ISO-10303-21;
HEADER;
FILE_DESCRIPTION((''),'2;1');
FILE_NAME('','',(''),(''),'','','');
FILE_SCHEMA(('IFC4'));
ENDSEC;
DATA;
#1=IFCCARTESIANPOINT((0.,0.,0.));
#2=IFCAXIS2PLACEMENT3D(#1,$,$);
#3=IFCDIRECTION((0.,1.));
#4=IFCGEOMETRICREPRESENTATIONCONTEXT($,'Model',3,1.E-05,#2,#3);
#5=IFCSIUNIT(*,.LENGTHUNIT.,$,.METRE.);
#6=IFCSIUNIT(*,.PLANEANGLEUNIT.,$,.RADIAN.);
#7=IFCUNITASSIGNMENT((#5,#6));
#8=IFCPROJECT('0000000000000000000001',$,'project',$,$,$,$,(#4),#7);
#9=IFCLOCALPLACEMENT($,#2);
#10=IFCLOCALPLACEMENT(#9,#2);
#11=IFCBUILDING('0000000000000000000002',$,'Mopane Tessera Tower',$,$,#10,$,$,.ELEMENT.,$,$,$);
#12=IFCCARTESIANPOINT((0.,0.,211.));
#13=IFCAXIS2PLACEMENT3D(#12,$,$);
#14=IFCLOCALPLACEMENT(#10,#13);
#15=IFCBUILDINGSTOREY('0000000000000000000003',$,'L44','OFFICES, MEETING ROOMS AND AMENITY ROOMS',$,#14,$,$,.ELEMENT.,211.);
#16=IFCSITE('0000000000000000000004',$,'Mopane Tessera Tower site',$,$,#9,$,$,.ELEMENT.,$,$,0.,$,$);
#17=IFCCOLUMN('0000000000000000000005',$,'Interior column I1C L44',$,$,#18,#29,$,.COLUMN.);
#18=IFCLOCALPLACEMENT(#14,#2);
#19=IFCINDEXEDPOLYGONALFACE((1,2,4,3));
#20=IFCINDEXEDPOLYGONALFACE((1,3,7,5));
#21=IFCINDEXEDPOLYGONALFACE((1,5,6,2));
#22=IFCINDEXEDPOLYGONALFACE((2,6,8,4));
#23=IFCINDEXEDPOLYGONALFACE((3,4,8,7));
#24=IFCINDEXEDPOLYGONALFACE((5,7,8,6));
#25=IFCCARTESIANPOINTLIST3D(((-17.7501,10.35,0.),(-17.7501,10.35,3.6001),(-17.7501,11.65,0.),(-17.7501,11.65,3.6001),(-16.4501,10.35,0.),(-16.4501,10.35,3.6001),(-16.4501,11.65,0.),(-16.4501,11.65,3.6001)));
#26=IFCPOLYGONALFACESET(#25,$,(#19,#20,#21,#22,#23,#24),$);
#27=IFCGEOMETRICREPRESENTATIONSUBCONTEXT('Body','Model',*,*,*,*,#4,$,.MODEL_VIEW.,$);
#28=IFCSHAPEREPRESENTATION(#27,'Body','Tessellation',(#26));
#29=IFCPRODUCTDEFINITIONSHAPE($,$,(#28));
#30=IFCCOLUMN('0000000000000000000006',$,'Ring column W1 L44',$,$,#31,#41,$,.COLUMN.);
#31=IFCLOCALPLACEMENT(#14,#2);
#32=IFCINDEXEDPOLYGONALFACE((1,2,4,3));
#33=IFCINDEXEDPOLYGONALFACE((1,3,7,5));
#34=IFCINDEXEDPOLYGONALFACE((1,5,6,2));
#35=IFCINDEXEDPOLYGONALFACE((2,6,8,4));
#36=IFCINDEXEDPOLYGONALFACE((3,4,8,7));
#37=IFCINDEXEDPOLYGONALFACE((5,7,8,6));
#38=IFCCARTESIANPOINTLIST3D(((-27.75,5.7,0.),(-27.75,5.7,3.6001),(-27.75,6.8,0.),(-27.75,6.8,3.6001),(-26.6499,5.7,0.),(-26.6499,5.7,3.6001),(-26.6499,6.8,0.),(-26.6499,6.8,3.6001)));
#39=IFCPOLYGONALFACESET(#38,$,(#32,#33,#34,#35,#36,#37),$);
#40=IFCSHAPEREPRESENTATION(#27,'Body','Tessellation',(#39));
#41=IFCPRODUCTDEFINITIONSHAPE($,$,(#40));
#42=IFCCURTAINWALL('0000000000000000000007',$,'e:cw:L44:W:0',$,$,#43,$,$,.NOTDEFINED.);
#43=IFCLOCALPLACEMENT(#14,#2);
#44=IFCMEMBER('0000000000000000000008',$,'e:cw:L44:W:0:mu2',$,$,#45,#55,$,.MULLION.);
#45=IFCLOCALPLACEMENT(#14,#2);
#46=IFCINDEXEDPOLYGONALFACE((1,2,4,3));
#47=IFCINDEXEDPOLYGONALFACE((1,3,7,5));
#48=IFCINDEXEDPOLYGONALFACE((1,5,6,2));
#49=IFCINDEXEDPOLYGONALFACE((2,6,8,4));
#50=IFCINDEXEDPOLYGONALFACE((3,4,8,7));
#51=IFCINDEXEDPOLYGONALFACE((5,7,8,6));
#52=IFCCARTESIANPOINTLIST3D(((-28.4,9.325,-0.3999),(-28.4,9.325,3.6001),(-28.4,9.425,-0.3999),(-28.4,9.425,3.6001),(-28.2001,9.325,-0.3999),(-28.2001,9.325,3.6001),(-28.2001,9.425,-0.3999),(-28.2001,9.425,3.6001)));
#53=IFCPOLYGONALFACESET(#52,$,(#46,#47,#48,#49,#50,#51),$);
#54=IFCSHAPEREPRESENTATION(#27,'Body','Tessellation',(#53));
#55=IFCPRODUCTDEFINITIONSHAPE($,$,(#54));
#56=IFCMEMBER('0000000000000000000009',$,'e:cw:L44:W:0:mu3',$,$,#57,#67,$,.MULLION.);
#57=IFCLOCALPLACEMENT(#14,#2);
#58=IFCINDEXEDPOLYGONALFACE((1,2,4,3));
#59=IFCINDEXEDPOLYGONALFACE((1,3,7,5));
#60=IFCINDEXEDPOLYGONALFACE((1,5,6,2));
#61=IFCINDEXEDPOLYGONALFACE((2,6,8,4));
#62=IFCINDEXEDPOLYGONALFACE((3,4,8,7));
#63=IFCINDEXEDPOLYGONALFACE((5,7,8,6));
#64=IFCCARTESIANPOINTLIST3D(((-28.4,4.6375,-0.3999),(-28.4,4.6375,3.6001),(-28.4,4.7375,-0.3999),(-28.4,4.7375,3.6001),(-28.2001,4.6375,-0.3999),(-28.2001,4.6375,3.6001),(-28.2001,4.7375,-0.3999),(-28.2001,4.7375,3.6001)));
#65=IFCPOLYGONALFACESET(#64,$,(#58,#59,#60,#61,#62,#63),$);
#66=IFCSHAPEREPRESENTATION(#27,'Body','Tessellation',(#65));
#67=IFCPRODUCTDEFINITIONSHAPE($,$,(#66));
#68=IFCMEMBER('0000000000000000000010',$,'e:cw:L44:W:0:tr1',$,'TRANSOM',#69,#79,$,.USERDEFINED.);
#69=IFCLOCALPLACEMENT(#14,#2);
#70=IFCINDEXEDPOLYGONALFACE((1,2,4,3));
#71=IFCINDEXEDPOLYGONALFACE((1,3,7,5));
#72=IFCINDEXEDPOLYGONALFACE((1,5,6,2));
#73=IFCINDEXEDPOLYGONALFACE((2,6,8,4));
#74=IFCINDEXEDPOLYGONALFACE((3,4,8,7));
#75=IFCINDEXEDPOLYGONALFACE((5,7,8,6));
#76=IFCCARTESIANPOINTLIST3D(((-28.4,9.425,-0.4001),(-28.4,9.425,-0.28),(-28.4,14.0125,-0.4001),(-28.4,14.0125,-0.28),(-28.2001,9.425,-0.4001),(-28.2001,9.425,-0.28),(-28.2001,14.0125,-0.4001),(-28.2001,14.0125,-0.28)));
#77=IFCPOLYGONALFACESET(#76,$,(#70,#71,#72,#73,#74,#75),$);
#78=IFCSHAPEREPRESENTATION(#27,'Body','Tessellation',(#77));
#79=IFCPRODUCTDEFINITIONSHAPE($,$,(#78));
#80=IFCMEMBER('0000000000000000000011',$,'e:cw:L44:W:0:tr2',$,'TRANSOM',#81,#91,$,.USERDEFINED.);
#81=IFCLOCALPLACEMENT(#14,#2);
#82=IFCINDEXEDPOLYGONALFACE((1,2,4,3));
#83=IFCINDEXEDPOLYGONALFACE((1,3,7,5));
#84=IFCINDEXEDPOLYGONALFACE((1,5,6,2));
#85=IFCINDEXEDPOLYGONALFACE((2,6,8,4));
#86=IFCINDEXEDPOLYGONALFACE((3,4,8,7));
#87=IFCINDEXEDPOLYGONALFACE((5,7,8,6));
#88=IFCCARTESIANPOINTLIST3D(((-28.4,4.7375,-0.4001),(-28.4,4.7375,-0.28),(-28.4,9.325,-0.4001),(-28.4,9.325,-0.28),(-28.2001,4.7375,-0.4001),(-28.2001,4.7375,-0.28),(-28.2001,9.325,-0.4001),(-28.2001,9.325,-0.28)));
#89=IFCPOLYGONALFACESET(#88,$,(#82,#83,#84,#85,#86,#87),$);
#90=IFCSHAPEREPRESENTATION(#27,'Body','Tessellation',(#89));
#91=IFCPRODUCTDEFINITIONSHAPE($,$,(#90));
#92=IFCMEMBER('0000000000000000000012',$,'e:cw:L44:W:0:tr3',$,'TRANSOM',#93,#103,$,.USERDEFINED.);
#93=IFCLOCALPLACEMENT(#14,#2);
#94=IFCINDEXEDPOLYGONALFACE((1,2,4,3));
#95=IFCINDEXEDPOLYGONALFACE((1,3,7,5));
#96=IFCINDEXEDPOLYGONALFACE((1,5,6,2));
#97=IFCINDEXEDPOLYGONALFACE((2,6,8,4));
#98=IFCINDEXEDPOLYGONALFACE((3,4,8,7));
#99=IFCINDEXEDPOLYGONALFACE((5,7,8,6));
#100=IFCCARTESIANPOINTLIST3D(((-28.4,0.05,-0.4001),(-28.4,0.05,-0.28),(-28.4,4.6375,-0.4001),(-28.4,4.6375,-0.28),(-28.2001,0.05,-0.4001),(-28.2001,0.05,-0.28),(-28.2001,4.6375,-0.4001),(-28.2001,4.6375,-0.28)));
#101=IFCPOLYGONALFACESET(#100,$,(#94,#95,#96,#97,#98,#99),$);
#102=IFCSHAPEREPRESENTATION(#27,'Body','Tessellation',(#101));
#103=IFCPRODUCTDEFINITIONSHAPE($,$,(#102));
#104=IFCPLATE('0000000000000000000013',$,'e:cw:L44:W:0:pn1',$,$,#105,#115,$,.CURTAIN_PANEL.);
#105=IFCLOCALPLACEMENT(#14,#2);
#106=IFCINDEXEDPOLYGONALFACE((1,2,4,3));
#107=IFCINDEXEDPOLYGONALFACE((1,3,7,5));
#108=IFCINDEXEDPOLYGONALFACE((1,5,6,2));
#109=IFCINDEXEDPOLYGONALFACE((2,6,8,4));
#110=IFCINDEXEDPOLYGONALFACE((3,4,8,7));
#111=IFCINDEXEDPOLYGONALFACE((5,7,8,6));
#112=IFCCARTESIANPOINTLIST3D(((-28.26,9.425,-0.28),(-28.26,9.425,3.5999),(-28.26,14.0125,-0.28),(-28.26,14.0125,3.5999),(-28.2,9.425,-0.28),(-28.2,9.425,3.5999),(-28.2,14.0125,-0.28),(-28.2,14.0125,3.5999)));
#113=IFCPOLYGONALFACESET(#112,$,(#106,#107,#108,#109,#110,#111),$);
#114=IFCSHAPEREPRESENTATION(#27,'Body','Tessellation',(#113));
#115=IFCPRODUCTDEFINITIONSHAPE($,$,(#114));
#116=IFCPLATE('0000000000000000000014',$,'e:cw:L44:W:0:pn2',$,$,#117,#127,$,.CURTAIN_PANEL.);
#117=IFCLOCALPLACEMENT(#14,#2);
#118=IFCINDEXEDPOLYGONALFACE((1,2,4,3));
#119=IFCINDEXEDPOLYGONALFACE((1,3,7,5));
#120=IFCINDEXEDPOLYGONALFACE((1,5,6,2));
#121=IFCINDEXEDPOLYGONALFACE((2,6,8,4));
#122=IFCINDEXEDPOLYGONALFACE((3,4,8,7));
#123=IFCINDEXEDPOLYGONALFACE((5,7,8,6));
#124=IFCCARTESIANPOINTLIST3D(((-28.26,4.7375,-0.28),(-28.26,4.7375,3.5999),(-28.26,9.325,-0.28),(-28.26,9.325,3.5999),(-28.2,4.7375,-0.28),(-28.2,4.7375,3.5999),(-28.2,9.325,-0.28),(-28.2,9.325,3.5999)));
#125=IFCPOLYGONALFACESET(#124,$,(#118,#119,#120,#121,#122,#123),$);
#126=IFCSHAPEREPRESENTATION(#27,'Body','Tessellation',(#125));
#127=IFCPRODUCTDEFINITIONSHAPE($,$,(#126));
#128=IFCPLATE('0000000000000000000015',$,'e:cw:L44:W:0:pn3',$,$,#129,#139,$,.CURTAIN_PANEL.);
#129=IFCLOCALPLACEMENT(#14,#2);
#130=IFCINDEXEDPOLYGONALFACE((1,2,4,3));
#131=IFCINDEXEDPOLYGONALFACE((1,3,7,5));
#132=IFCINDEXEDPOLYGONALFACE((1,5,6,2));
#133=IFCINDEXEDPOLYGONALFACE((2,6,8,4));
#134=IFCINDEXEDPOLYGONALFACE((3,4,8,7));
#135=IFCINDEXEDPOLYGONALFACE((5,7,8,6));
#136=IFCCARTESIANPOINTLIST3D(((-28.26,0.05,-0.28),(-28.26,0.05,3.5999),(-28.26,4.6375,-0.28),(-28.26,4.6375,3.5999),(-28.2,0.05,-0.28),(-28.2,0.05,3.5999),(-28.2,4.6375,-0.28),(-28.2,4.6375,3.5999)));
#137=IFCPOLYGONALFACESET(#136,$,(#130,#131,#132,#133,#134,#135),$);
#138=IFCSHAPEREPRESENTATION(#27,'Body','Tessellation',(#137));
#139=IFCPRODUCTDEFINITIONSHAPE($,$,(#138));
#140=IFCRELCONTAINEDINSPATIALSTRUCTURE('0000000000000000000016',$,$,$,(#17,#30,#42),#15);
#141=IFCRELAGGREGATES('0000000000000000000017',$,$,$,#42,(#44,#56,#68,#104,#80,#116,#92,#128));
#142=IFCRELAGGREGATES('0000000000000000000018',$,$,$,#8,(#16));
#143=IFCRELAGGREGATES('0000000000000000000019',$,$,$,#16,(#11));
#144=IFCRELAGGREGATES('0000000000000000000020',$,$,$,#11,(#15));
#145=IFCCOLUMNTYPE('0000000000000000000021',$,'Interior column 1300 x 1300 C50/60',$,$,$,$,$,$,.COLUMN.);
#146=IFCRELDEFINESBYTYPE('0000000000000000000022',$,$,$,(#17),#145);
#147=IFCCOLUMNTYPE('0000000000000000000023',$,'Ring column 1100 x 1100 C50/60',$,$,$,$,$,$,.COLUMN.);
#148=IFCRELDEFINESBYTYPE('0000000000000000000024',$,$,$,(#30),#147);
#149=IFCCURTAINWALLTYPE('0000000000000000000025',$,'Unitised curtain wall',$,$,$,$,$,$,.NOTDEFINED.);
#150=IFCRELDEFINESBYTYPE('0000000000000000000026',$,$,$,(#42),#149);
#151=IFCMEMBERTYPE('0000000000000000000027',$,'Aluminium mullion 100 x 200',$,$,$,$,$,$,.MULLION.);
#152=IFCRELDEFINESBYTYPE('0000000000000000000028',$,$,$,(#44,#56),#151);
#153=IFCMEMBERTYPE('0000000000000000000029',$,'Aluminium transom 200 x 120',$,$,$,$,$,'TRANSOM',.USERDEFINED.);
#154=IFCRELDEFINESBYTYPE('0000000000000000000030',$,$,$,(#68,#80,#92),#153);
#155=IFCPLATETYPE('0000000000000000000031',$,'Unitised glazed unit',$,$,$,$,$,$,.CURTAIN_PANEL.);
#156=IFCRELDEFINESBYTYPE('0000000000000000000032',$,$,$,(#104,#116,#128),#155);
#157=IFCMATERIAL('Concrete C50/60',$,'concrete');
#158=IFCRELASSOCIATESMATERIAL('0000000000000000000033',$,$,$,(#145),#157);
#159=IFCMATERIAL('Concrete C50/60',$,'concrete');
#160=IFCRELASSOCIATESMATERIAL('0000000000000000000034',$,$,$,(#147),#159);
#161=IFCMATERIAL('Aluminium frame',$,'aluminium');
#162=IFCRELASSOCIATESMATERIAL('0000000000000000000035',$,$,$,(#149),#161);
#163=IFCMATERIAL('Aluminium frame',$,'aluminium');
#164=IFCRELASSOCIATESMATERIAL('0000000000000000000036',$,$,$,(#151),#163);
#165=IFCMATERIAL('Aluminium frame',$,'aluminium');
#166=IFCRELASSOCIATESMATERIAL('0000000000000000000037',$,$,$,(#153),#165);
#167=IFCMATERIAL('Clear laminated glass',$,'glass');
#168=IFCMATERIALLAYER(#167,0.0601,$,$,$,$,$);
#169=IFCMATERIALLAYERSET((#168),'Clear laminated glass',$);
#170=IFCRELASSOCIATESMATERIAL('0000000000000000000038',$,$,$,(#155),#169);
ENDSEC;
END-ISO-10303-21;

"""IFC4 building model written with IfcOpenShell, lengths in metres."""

from ifc_helpers import new_model, si_unit, direction, frame, origin, origin_2d, place, context, subcontext, project, spatial, rectangle, extrude, material, layer, layer_set, material_profile, profile_set, type_object, element, aggregate, save


model = new_model("IFC4")

# Units and contexts
model_context = context("Model", 3, precision=1e-05, world=origin(), true_north=direction((0.0, 1.0)))
body_context = subcontext(model_context, "Body", "Model", "MODEL_VIEW")
ifc_project = project(units=[si_unit("LENGTHUNIT", "METRE"), si_unit("PLANEANGLEUNIT", "RADIAN")], contexts=[model_context])

# Site, building, storey
site_placement = place(None, origin())
site = spatial("IfcSite", under=ifc_project, at=site_placement, Name="Mopane Tessera Tower site", CompositionType="ELEMENT", RefElevation=0.0)
building_placement = place(site_placement, origin())
building = spatial("IfcBuilding", under=site, at=building_placement, Name="Mopane Tessera Tower", CompositionType="ELEMENT")
storey_placement = place(building_placement, frame((0.0, 0.0, 211.0)))
storey = spatial("IfcBuildingStorey", under=building, at=storey_placement, Name="L44", Description="OFFICES, MEETING ROOMS AND AMENITY ROOMS", CompositionType="ELEMENT", Elevation=211.0)

# Columns
ifc_material_1 = material(Name="Concrete C50/60", Category="concrete")
ifc_material_profile_1 = material_profile(ifc_material_1, rectangle(XDim=1.3, YDim=1.3, at=origin_2d()))
ifc_profile_set_1 = profile_set([ifc_material_profile_1], Name="Concrete C50/60")
column_type_1 = type_object("IfcColumnType", Name="Interior column 1300 x 1300 C50/60", PredefinedType="COLUMN", material=ifc_profile_set_1)
column_1_placement = place(storey_placement, frame((-17.1001, 11.0, 0.0), z_axis=(0.0, 0.0, 1.0), x_axis=(1.0, 0.0, 0.0)))
element("IfcColumn", 1, at=column_1_placement, inside=storey, type_object=column_type_1, Name="Interior column I1C L44", PredefinedType="COLUMN", context=body_context, shape_type="SweptSolid", body=[
    extrude(rectangle(XDim=1.3, YDim=1.3, at=origin_2d()), origin(), (0.0, 0.0, 1.0), 3.6001),
])
ifc_material_2 = material(Name="Concrete C50/60", Category="concrete")
ifc_material_profile_2 = material_profile(ifc_material_2, rectangle(XDim=1.1001, YDim=1.1001, at=origin_2d()))
ifc_profile_set_2 = profile_set([ifc_material_profile_2], Name="Concrete C50/60")
column_type_2 = type_object("IfcColumnType", Name="Ring column 1100 x 1100 C50/60", PredefinedType="COLUMN", material=ifc_profile_set_2)
column_2_placement = place(storey_placement, frame((-27.2, 6.25, 0.0), z_axis=(0.0, 0.0, 1.0), x_axis=(1.0, 0.0, 0.0)))
element("IfcColumn", 2, at=column_2_placement, inside=storey, type_object=column_type_2, Name="Ring column W1 L44", PredefinedType="COLUMN", context=body_context, shape_type="SweptSolid", body=[
    extrude(rectangle(XDim=1.1001, YDim=1.1001, at=origin_2d()), origin(), (0.0, 0.0, 1.0), 3.6001),
])

# Curtain wall, members, plates
ifc_material_3 = material(Name="Aluminium frame", Category="aluminium")
curtain_wall_type = type_object("IfcCurtainWallType", Name="Unitised curtain wall", PredefinedType="NOTDEFINED", material=ifc_material_3)
curtain_wall_placement = place(storey_placement, origin())
curtain_wall = element("IfcCurtainWall", 3, at=curtain_wall_placement, inside=storey, type_object=curtain_wall_type, Name="e:cw:L44:W:0", PredefinedType="NOTDEFINED")
ifc_material_4 = material(Name="Aluminium frame", Category="aluminium")
ifc_material_profile_3 = material_profile(ifc_material_4, rectangle(XDim=0.1001, YDim=0.2, at=origin_2d()))
ifc_profile_set_3 = profile_set([ifc_material_profile_3], Name="Aluminium frame")
member_type_1 = type_object("IfcMemberType", Name="Aluminium mullion 100 x 200", PredefinedType="MULLION", material=ifc_profile_set_3)
member_1_placement = place(storey_placement, frame((-28.3, 9.375, -0.3999), z_axis=(0.0, 0.0, 1.0), x_axis=(0.0, -1.0, 0.0)))
member_1 = element("IfcMember", 4, at=member_1_placement, type_object=member_type_1, Name="e:cw:L44:W:0:mu2", PredefinedType="MULLION", context=body_context, shape_type="SweptSolid", body=[
    extrude(rectangle(XDim=0.1001, YDim=0.2, at=origin_2d()), origin(), (0.0, 0.0, 1.0), 4.0),
])
member_2_placement = place(storey_placement, frame((-28.3, 4.6875, -0.3999), z_axis=(0.0, 0.0, 1.0), x_axis=(0.0, -1.0, 0.0)))
member_2 = element("IfcMember", 5, at=member_2_placement, type_object=member_type_1, Name="e:cw:L44:W:0:mu3", PredefinedType="MULLION", context=body_context, shape_type="SweptSolid", body=[
    extrude(rectangle(XDim=0.1001, YDim=0.2, at=origin_2d()), origin(), (0.0, 0.0, 1.0), 4.0),
])
ifc_material_5 = material(Name="Aluminium frame", Category="aluminium")
ifc_material_profile_4 = material_profile(ifc_material_5, rectangle(XDim=0.2, YDim=0.1201, at=origin_2d()))
ifc_profile_set_4 = profile_set([ifc_material_profile_4], Name="Aluminium frame")
member_type_2 = type_object("IfcMemberType", Name="Aluminium transom 200 x 120", ElementType="TRANSOM", PredefinedType="USERDEFINED", material=ifc_profile_set_4)
member_3_placement = place(storey_placement, frame((-28.3, 14.0125, -0.3401), z_axis=(0.0, -1.0, 0.0), x_axis=(1.0, 0.0, 0.0)))
member_3 = element("IfcMember", 6, at=member_3_placement, type_object=member_type_2, Name="e:cw:L44:W:0:tr1", ObjectType="TRANSOM", PredefinedType="USERDEFINED", context=body_context, shape_type="SweptSolid", body=[
    extrude(rectangle(XDim=0.2, YDim=0.1201, at=origin_2d()), origin(), (0.0, 0.0, 1.0), 4.5874),
])
member_4_placement = place(storey_placement, frame((-28.3, 9.325, -0.3401), z_axis=(0.0, -1.0, 0.0), x_axis=(1.0, 0.0, 0.0)))
member_4 = element("IfcMember", 7, at=member_4_placement, type_object=member_type_2, Name="e:cw:L44:W:0:tr2", ObjectType="TRANSOM", PredefinedType="USERDEFINED", context=body_context, shape_type="SweptSolid", body=[
    extrude(rectangle(XDim=0.2, YDim=0.1201, at=origin_2d()), origin(), (0.0, 0.0, 1.0), 4.5874),
])
member_5_placement = place(storey_placement, frame((-28.3, 4.6375, -0.3401), z_axis=(0.0, -1.0, 0.0), x_axis=(1.0, 0.0, 0.0)))
member_5 = element("IfcMember", 8, at=member_5_placement, type_object=member_type_2, Name="e:cw:L44:W:0:tr3", ObjectType="TRANSOM", PredefinedType="USERDEFINED", context=body_context, shape_type="SweptSolid", body=[
    extrude(rectangle(XDim=0.2, YDim=0.1201, at=origin_2d()), origin(), (0.0, 0.0, 1.0), 4.5874),
])
ifc_material_6 = material(Name="Clear laminated glass", Category="glass")
ifc_layer_1 = layer(ifc_material_6, 0.0601)
ifc_layer_set_1 = layer_set([ifc_layer_1], Name="Clear laminated glass")
plate_type = type_object("IfcPlateType", Name="Unitised glazed unit", PredefinedType="CURTAIN_PANEL", material=ifc_layer_set_1)
plate_1_placement = place(storey_placement, frame((-28.23, 11.7188, -0.28), z_axis=(0.0, 0.0, 1.0), x_axis=(0.0, -1.0, 0.0)))
plate_1 = element("IfcPlate", 9, at=plate_1_placement, type_object=plate_type, Name="e:cw:L44:W:0:pn1", PredefinedType="CURTAIN_PANEL", context=body_context, shape_type="SweptSolid", body=[
    extrude(rectangle(XDim=4.5874, YDim=0.0601, at=origin_2d()), origin(), (0.0, 0.0, 1.0), 3.8799),
])
plate_2_placement = place(storey_placement, frame((-28.23, 7.0312, -0.28), z_axis=(0.0, 0.0, 1.0), x_axis=(0.0, -1.0, 0.0)))
plate_2 = element("IfcPlate", 10, at=plate_2_placement, type_object=plate_type, Name="e:cw:L44:W:0:pn2", PredefinedType="CURTAIN_PANEL", context=body_context, shape_type="SweptSolid", body=[
    extrude(rectangle(XDim=4.5874, YDim=0.0601, at=origin_2d()), origin(), (0.0, 0.0, 1.0), 3.8799),
])
plate_3_placement = place(storey_placement, frame((-28.23, 2.3438, -0.28), z_axis=(0.0, 0.0, 1.0), x_axis=(0.0, -1.0, 0.0)))
plate_3 = element("IfcPlate", 11, at=plate_3_placement, type_object=plate_type, Name="e:cw:L44:W:0:pn3", PredefinedType="CURTAIN_PANEL", context=body_context, shape_type="SweptSolid", body=[
    extrude(rectangle(XDim=4.5874, YDim=0.0601, at=origin_2d()), origin(), (0.0, 0.0, 1.0), 3.8799),
])
aggregate(curtain_wall, [member_1, member_2, member_3, plate_1, member_4, plate_2, member_5, plate_3])

save(model, "model.ifc")
